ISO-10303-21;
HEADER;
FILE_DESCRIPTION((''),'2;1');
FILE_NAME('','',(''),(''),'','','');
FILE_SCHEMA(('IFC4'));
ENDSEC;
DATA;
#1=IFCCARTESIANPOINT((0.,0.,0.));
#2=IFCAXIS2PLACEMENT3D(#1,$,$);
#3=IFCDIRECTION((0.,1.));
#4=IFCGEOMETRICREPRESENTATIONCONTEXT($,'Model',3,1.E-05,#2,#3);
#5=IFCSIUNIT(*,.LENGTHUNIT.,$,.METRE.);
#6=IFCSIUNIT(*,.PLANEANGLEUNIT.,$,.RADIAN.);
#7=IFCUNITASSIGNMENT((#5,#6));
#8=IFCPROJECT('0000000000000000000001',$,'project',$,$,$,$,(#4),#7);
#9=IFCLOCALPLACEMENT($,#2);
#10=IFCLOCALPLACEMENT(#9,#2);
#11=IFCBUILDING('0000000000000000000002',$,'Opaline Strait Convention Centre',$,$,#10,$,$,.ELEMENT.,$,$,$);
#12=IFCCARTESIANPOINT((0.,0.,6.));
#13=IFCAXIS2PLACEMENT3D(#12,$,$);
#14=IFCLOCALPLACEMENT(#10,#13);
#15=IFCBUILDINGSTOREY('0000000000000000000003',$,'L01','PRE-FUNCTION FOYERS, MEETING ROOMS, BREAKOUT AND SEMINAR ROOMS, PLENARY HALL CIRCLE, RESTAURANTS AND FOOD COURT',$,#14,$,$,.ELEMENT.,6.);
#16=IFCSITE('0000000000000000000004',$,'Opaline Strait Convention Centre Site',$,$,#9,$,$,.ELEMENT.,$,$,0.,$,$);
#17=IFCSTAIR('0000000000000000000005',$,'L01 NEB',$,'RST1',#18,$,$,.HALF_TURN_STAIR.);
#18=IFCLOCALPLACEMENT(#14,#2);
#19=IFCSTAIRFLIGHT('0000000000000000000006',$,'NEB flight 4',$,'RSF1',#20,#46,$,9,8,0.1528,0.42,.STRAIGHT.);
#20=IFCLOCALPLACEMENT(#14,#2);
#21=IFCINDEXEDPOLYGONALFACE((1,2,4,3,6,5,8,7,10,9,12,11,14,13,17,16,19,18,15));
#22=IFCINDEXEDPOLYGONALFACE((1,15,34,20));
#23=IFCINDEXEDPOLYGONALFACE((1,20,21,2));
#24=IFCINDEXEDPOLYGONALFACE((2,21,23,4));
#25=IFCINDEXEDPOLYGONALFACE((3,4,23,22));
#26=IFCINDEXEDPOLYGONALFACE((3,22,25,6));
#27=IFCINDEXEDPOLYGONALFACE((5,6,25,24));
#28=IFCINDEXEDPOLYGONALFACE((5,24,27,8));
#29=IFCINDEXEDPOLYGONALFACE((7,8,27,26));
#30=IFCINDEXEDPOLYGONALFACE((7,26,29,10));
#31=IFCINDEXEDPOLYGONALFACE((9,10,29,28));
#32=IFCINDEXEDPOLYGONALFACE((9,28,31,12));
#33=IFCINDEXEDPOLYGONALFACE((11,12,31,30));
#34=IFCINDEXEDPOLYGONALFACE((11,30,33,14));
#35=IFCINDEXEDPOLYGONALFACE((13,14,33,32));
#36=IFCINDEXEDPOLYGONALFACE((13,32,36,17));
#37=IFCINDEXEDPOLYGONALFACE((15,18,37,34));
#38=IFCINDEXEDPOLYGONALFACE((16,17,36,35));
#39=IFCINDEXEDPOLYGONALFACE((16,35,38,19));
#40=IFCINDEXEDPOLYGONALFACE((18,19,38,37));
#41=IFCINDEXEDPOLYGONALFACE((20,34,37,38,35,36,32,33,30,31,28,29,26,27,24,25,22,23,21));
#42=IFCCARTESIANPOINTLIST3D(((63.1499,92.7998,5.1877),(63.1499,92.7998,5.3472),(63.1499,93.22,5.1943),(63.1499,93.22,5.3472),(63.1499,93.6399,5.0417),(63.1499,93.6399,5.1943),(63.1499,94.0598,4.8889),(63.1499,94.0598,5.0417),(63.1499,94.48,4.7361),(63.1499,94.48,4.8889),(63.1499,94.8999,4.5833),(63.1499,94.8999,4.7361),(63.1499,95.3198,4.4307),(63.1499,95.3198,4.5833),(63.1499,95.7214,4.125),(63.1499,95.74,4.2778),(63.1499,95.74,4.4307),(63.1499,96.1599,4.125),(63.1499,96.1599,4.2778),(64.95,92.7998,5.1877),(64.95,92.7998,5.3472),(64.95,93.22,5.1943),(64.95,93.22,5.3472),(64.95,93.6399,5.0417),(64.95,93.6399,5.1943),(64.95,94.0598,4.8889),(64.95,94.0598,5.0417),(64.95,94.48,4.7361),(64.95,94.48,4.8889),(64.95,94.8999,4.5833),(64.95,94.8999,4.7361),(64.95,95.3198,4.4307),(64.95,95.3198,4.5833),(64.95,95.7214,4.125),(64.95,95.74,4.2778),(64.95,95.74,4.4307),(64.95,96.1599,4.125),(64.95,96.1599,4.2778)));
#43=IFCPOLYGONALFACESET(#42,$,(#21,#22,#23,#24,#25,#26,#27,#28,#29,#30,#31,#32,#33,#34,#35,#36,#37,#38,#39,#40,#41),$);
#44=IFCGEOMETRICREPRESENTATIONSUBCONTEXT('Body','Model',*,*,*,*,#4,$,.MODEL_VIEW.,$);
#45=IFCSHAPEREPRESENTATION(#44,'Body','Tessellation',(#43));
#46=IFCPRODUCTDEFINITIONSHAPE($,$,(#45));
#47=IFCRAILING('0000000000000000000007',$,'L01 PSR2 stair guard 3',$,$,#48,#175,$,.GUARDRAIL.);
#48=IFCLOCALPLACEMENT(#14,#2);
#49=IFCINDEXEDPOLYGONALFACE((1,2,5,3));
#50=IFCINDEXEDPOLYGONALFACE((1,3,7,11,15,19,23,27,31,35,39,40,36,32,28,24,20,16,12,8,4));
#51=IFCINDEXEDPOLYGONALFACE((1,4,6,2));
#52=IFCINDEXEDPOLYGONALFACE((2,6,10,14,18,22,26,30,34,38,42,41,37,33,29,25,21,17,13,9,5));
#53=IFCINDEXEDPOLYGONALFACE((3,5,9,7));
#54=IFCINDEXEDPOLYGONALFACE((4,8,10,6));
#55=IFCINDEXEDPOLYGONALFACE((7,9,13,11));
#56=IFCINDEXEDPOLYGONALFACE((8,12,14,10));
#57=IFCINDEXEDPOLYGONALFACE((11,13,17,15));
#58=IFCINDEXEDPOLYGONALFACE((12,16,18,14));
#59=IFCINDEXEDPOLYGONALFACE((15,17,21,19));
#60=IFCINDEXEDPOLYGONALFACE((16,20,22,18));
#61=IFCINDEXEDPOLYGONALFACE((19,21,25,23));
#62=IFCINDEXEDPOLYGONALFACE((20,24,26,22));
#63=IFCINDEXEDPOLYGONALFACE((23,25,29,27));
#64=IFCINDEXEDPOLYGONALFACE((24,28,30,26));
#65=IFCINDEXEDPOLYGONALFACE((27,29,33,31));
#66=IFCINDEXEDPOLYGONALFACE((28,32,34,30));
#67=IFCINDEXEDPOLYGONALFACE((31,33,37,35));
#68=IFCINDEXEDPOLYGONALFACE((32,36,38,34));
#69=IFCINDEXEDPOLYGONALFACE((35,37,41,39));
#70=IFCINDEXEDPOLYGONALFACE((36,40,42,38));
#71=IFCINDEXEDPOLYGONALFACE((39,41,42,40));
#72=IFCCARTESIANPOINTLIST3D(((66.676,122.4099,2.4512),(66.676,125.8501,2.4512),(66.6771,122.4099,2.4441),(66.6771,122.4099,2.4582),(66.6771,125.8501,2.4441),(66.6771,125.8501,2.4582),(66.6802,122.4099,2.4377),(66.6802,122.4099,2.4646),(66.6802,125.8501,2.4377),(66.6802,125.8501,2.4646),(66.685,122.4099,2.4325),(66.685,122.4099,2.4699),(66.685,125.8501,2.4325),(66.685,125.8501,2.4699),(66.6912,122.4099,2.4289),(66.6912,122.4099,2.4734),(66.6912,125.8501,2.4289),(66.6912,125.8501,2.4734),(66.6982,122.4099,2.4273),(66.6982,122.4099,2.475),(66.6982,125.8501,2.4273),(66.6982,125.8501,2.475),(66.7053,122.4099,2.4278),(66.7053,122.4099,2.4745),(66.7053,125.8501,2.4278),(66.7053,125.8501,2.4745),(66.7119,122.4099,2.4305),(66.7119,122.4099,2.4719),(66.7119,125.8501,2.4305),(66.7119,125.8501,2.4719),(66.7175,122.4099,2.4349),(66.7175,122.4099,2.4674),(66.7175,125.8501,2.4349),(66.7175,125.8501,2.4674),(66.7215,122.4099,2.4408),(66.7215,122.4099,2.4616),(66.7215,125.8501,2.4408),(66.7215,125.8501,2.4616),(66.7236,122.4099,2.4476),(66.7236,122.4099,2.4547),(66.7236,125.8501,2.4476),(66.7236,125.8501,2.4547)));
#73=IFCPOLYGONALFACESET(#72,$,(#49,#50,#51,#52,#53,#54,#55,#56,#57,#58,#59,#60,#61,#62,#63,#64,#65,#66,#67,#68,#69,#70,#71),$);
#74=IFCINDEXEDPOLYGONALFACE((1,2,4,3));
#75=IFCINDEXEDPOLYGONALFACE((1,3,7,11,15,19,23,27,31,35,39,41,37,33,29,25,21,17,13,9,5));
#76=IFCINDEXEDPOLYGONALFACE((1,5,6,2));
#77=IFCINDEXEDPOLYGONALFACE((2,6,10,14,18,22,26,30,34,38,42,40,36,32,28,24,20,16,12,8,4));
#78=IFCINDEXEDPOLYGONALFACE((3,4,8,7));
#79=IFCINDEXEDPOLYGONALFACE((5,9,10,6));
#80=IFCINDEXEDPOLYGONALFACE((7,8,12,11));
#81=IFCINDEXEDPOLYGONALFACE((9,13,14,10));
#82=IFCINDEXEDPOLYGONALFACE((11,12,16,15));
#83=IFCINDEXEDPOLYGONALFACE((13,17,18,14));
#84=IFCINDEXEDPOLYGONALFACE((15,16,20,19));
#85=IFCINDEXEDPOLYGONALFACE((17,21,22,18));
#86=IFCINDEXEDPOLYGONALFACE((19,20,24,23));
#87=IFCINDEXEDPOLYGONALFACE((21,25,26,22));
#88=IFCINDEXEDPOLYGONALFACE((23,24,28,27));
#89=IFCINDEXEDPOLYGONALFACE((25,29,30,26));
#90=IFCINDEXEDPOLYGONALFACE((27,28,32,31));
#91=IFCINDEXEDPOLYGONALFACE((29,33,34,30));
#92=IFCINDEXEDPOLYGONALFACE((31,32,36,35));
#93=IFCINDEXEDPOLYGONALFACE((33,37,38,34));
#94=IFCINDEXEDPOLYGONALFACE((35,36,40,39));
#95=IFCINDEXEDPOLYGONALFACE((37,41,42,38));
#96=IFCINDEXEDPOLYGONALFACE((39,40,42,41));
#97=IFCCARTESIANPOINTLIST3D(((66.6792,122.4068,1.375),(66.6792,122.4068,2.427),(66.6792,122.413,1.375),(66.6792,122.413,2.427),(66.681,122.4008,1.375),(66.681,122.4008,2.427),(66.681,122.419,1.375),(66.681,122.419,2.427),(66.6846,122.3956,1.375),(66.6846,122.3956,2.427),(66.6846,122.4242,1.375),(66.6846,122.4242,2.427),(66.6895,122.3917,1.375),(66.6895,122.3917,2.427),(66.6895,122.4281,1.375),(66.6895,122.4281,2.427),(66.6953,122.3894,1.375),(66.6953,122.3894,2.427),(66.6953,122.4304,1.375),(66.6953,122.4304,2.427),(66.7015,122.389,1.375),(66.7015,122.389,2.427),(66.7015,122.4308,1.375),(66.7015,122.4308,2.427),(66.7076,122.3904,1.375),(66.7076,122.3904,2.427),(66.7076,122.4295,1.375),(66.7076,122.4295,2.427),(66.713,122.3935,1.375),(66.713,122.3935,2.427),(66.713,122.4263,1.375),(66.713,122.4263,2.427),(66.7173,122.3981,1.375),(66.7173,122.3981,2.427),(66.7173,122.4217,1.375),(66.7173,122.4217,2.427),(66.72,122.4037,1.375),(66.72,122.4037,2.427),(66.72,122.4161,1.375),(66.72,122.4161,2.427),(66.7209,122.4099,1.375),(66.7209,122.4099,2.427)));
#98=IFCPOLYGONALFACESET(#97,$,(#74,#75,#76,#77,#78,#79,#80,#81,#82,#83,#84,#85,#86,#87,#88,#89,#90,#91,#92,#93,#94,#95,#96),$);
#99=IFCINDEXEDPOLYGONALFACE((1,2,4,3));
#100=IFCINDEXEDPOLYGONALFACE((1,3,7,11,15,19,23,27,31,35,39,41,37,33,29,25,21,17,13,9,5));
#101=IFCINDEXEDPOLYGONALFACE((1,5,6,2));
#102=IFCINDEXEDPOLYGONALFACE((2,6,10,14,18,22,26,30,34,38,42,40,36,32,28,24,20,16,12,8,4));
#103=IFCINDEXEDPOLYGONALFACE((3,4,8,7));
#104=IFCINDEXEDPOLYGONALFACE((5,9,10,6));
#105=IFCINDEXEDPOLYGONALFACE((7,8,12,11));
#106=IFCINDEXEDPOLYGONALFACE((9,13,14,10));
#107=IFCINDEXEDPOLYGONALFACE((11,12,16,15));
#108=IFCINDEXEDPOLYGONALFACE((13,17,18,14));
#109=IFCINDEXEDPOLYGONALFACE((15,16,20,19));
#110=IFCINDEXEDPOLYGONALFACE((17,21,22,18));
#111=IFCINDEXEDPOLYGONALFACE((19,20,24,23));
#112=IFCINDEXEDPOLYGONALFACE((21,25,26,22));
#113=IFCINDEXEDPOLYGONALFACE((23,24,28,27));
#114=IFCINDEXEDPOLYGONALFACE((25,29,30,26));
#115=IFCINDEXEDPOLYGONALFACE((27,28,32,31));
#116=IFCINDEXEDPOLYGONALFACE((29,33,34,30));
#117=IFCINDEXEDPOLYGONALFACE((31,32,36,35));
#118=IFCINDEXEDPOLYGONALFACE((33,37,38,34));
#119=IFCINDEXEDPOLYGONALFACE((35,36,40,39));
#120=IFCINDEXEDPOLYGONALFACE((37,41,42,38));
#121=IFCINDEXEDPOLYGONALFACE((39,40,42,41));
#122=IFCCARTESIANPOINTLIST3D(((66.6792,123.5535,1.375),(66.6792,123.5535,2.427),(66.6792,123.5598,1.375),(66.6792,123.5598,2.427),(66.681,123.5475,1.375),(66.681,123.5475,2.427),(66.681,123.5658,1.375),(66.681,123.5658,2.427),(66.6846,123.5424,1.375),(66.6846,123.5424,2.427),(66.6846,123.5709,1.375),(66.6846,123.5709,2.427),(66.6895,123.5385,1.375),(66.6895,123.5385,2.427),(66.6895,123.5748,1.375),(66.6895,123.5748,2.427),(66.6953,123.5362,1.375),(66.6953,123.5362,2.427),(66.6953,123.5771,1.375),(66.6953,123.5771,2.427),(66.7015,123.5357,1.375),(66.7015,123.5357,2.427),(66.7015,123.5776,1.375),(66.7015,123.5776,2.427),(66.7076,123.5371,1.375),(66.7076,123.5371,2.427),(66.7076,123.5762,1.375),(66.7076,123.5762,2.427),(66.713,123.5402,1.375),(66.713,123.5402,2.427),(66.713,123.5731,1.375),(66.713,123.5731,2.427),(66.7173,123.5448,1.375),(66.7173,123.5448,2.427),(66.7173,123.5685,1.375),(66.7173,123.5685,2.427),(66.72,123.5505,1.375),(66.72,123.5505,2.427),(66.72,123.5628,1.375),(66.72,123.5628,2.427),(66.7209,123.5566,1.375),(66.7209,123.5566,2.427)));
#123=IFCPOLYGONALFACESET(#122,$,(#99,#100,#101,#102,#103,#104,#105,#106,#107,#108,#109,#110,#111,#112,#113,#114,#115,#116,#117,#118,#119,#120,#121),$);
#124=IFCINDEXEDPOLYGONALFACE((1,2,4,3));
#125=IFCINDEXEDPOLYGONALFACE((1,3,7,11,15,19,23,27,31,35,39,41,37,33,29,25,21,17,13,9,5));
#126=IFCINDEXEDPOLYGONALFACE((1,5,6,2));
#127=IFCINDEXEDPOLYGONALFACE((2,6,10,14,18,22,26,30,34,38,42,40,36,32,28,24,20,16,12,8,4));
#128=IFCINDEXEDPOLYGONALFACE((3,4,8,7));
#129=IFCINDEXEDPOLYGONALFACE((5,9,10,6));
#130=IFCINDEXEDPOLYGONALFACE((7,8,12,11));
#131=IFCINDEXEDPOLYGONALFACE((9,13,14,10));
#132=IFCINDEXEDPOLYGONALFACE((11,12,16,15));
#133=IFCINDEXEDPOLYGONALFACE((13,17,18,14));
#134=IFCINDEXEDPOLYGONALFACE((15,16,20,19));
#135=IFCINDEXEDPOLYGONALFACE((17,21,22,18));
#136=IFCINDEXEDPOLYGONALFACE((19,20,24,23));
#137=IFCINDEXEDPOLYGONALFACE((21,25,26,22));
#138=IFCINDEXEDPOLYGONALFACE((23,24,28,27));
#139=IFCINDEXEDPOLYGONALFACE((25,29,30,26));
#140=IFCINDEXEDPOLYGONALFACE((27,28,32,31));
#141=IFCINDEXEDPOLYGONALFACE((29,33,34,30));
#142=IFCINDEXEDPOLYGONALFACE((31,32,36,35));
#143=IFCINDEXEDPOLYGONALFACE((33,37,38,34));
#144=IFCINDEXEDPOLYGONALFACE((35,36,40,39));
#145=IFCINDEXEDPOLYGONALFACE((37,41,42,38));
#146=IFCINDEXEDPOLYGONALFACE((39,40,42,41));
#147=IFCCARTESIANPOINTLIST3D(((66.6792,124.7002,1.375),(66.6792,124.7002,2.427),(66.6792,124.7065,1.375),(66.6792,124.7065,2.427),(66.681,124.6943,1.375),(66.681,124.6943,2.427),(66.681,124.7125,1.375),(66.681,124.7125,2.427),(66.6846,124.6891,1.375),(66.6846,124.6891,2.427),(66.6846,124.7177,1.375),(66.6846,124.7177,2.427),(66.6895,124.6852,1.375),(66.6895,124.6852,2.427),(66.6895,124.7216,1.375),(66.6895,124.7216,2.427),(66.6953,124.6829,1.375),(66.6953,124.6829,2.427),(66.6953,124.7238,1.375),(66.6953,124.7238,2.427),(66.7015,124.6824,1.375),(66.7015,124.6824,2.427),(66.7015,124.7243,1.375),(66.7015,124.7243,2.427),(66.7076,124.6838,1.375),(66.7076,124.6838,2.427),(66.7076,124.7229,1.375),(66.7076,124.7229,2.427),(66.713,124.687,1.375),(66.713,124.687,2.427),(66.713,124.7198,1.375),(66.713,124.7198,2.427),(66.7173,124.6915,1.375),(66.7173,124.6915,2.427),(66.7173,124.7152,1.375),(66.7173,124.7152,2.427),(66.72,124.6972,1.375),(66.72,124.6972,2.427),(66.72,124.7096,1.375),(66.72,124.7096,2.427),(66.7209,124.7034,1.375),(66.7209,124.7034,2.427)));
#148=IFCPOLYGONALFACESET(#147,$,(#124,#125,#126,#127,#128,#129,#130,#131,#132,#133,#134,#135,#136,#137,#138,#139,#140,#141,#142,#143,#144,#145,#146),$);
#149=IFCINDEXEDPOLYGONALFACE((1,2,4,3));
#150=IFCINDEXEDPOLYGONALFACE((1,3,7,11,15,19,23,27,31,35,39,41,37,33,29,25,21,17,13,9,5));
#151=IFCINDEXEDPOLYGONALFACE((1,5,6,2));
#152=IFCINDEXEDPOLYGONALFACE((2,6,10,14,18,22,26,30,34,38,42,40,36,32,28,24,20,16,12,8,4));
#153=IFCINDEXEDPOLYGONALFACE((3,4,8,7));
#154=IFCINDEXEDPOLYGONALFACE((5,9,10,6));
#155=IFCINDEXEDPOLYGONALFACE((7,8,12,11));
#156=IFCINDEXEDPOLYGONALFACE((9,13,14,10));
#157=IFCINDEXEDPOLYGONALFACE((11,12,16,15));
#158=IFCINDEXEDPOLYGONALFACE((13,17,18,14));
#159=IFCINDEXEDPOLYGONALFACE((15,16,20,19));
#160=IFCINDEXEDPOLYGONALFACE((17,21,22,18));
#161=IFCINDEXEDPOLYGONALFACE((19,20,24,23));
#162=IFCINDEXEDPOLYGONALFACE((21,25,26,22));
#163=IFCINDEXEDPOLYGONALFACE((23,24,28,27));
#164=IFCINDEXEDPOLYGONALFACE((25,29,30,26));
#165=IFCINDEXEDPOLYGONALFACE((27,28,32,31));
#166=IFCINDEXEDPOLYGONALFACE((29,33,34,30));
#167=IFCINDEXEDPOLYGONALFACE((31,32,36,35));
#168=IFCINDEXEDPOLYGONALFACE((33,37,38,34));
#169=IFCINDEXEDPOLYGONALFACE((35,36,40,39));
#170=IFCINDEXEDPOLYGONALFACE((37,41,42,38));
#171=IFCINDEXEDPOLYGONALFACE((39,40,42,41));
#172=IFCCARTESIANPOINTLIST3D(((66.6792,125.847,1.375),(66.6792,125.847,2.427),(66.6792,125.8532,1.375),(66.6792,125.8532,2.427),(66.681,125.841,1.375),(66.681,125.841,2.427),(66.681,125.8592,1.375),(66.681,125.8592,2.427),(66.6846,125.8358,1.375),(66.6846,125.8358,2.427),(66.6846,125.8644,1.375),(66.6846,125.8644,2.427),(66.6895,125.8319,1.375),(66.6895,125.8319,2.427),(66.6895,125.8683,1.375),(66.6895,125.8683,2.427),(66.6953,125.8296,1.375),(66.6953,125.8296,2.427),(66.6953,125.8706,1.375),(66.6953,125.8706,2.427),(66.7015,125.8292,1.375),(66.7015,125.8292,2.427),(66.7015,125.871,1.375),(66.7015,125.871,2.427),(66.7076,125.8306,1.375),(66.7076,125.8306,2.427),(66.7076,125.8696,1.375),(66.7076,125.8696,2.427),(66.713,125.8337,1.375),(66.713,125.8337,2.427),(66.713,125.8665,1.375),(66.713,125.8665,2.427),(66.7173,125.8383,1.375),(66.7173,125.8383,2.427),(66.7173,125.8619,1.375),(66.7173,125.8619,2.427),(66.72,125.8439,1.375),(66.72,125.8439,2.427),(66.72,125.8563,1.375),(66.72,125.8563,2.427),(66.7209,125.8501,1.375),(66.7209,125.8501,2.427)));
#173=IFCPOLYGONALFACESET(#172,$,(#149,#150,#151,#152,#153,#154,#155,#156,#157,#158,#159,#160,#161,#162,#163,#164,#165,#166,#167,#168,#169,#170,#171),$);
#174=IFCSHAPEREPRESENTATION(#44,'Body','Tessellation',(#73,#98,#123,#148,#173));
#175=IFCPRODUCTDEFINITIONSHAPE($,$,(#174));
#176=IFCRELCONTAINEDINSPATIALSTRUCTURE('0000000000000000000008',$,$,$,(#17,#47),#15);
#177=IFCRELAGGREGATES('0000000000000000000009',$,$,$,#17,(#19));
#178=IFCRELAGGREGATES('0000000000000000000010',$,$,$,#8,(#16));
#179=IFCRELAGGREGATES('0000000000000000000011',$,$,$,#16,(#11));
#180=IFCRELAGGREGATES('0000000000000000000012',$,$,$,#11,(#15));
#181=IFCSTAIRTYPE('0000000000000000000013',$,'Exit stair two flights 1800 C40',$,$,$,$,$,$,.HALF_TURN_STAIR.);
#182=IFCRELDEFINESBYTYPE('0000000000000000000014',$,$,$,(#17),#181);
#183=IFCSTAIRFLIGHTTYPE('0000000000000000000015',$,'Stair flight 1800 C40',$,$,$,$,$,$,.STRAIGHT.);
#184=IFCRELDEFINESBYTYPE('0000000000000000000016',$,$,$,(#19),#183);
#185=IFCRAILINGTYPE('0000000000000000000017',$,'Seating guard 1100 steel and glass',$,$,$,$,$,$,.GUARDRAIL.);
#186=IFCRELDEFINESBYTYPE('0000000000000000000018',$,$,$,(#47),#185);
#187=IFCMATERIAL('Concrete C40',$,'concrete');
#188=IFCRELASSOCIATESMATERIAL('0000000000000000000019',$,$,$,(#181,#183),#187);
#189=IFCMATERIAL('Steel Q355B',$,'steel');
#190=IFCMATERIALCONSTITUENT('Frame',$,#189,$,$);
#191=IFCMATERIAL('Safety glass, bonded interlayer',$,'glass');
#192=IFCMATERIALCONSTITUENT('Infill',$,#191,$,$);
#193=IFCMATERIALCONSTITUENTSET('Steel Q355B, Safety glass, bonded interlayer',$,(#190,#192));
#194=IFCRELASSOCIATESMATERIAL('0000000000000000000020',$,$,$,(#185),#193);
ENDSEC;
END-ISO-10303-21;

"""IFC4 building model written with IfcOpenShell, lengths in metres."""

from ifc_helpers import new_model, si_unit, direction, frame, origin, origin_2d, place, context, subcontext, project, spatial, polyline, circle, outline, extrude, material, constituent, constituent_set, type_object, element, aggregate, save


model = new_model("IFC4")

# Units and contexts
model_context = context("Model", 3, precision=1e-05, world=origin(), true_north=direction((0.0, 1.0)))
body_context = subcontext(model_context, "Body", "Model", "MODEL_VIEW")
ifc_project = project(units=[si_unit("LENGTHUNIT", "METRE"), si_unit("PLANEANGLEUNIT", "RADIAN")], contexts=[model_context])

# Site, building, storey
site_placement = place(None, origin())
site = spatial("IfcSite", under=ifc_project, at=site_placement, Name="Opaline Strait Convention Centre Site", CompositionType="ELEMENT", RefElevation=0.0)
building_placement = place(site_placement, origin())
building = spatial("IfcBuilding", under=site, at=building_placement, Name="Opaline Strait Convention Centre", CompositionType="ELEMENT")
storey_placement = place(building_placement, frame((0.0, 0.0, 6.0)))
storey = spatial("IfcBuildingStorey", under=building, at=storey_placement, Name="L01", Description="PRE-FUNCTION FOYERS, MEETING ROOMS, BREAKOUT AND SEMINAR ROOMS, PLENARY HALL CIRCLE, RESTAURANTS AND FOOD COURT", CompositionType="ELEMENT", Elevation=6.0)

# Shared definitions
ifc_material_1 = material(Name="Concrete C40", Category="concrete")

# Stair, stair flight
stair_type_1 = type_object("IfcStairType", Name="Exit stair two flights 1800 C40", PredefinedType="HALF_TURN_STAIR", material=ifc_material_1)
stair_1_placement = place(storey_placement, origin())
stair_1 = element("IfcStair", 1, at=stair_1_placement, inside=storey, type_object=stair_type_1, Name="L01 NEB", ObjectType="RST1", PredefinedType="HALF_TURN_STAIR")
stair_flight_type_1 = type_object("IfcStairFlightType", Name="Stair flight 1800 C40", PredefinedType="STRAIGHT", material=ifc_material_1)
stair_flight_1_placement = place(storey_placement, frame((64.05, 96.1599, 4.125), z_axis=(0.0, 0.0, 1.0), x_axis=(0.0, -1.0, 0.0)))
stair_flight_1 = element("IfcStairFlight", 2, at=stair_flight_1_placement, type_object=stair_flight_type_1, Name="NEB flight 4", ObjectType="RSF1", NumberOfRisers=9, NumberOfTreads=8, PredefinedType="STRAIGHT", RiserHeight=0.1528, TreadLength=0.42, context=body_context, shape_type="SweptSolid", body=[
    extrude(outline(polyline([(0.0, 0.0), (0.0, 0.1528), (0.4199, 0.1528), (0.4199, 0.3057), (0.8401, 0.3057), (0.8401, 0.4583), (1.26, 0.4583), (1.26, 0.6111), (1.6799, 0.6111), (1.6799, 0.7639), (2.1001, 0.7639), (2.1001, 0.9167), (2.52, 0.9167), (2.52, 1.0693), (2.9399, 1.0693), (2.9399, 1.2222), (3.3601, 1.2222), (3.3601, 1.375), (3.3601, 1.0627), (0.4385, 0.0), (0.0, 0.0)])), frame((0.0, 0.8999, 0.0), z_axis=(0.0, -1.0, 0.0), x_axis=(1.0, 0.0, 0.0)), (0.0, 0.0, 1.0), 1.8),
])
aggregate(stair_1, [stair_flight_1])

# Railing
ifc_material_2 = material(Name="Steel Q355B", Category="steel")
ifc_constituent_1 = constituent(ifc_material_2, Name="Frame")
ifc_material_3 = material(Name="Safety glass, bonded interlayer", Category="glass")
ifc_constituent_2 = constituent(ifc_material_3, Name="Infill")
ifc_constituent_set_1 = constituent_set(constituents=[ifc_constituent_1, ifc_constituent_2], Name="Steel Q355B, Safety glass, bonded interlayer")
railing_type_1 = type_object("IfcRailingType", Name="Seating guard 1100 steel and glass", PredefinedType="GUARDRAIL", material=ifc_constituent_set_1)
railing_1_placement = place(storey_placement, frame((66.7, 122.4099, 1.375)))
element("IfcRailing", 3, at=railing_1_placement, inside=storey, type_object=railing_type_1, Name="L01 PSR2 stair guard 3", PredefinedType="GUARDRAIL", context=body_context, shape_type="SweptSolid", body=[
    extrude(circle(Radius=0.0239, at=origin_2d()), frame((0.0, 0.0, 1.0762), z_axis=(0.0, 1.0, 0.0), x_axis=(-1.0, 0.0, 0.0)), (0.0, 0.0, 1.0), 3.4402),
    extrude(circle(Radius=0.021, at=origin_2d()), origin(), (0.0, 0.0, 1.0), 1.052),
    extrude(circle(Radius=0.021, at=origin_2d()), frame((0.0, 1.1467, 0.0)), (0.0, 0.0, 1.0), 1.052),
    extrude(circle(Radius=0.021, at=origin_2d()), frame((0.0, 2.2935, 0.0)), (0.0, 0.0, 1.0), 1.052),
    extrude(circle(Radius=0.021, at=origin_2d()), frame((0.0, 3.4402, 0.0)), (0.0, 0.0, 1.0), 1.052),
])

save(model, "model.ifc")
